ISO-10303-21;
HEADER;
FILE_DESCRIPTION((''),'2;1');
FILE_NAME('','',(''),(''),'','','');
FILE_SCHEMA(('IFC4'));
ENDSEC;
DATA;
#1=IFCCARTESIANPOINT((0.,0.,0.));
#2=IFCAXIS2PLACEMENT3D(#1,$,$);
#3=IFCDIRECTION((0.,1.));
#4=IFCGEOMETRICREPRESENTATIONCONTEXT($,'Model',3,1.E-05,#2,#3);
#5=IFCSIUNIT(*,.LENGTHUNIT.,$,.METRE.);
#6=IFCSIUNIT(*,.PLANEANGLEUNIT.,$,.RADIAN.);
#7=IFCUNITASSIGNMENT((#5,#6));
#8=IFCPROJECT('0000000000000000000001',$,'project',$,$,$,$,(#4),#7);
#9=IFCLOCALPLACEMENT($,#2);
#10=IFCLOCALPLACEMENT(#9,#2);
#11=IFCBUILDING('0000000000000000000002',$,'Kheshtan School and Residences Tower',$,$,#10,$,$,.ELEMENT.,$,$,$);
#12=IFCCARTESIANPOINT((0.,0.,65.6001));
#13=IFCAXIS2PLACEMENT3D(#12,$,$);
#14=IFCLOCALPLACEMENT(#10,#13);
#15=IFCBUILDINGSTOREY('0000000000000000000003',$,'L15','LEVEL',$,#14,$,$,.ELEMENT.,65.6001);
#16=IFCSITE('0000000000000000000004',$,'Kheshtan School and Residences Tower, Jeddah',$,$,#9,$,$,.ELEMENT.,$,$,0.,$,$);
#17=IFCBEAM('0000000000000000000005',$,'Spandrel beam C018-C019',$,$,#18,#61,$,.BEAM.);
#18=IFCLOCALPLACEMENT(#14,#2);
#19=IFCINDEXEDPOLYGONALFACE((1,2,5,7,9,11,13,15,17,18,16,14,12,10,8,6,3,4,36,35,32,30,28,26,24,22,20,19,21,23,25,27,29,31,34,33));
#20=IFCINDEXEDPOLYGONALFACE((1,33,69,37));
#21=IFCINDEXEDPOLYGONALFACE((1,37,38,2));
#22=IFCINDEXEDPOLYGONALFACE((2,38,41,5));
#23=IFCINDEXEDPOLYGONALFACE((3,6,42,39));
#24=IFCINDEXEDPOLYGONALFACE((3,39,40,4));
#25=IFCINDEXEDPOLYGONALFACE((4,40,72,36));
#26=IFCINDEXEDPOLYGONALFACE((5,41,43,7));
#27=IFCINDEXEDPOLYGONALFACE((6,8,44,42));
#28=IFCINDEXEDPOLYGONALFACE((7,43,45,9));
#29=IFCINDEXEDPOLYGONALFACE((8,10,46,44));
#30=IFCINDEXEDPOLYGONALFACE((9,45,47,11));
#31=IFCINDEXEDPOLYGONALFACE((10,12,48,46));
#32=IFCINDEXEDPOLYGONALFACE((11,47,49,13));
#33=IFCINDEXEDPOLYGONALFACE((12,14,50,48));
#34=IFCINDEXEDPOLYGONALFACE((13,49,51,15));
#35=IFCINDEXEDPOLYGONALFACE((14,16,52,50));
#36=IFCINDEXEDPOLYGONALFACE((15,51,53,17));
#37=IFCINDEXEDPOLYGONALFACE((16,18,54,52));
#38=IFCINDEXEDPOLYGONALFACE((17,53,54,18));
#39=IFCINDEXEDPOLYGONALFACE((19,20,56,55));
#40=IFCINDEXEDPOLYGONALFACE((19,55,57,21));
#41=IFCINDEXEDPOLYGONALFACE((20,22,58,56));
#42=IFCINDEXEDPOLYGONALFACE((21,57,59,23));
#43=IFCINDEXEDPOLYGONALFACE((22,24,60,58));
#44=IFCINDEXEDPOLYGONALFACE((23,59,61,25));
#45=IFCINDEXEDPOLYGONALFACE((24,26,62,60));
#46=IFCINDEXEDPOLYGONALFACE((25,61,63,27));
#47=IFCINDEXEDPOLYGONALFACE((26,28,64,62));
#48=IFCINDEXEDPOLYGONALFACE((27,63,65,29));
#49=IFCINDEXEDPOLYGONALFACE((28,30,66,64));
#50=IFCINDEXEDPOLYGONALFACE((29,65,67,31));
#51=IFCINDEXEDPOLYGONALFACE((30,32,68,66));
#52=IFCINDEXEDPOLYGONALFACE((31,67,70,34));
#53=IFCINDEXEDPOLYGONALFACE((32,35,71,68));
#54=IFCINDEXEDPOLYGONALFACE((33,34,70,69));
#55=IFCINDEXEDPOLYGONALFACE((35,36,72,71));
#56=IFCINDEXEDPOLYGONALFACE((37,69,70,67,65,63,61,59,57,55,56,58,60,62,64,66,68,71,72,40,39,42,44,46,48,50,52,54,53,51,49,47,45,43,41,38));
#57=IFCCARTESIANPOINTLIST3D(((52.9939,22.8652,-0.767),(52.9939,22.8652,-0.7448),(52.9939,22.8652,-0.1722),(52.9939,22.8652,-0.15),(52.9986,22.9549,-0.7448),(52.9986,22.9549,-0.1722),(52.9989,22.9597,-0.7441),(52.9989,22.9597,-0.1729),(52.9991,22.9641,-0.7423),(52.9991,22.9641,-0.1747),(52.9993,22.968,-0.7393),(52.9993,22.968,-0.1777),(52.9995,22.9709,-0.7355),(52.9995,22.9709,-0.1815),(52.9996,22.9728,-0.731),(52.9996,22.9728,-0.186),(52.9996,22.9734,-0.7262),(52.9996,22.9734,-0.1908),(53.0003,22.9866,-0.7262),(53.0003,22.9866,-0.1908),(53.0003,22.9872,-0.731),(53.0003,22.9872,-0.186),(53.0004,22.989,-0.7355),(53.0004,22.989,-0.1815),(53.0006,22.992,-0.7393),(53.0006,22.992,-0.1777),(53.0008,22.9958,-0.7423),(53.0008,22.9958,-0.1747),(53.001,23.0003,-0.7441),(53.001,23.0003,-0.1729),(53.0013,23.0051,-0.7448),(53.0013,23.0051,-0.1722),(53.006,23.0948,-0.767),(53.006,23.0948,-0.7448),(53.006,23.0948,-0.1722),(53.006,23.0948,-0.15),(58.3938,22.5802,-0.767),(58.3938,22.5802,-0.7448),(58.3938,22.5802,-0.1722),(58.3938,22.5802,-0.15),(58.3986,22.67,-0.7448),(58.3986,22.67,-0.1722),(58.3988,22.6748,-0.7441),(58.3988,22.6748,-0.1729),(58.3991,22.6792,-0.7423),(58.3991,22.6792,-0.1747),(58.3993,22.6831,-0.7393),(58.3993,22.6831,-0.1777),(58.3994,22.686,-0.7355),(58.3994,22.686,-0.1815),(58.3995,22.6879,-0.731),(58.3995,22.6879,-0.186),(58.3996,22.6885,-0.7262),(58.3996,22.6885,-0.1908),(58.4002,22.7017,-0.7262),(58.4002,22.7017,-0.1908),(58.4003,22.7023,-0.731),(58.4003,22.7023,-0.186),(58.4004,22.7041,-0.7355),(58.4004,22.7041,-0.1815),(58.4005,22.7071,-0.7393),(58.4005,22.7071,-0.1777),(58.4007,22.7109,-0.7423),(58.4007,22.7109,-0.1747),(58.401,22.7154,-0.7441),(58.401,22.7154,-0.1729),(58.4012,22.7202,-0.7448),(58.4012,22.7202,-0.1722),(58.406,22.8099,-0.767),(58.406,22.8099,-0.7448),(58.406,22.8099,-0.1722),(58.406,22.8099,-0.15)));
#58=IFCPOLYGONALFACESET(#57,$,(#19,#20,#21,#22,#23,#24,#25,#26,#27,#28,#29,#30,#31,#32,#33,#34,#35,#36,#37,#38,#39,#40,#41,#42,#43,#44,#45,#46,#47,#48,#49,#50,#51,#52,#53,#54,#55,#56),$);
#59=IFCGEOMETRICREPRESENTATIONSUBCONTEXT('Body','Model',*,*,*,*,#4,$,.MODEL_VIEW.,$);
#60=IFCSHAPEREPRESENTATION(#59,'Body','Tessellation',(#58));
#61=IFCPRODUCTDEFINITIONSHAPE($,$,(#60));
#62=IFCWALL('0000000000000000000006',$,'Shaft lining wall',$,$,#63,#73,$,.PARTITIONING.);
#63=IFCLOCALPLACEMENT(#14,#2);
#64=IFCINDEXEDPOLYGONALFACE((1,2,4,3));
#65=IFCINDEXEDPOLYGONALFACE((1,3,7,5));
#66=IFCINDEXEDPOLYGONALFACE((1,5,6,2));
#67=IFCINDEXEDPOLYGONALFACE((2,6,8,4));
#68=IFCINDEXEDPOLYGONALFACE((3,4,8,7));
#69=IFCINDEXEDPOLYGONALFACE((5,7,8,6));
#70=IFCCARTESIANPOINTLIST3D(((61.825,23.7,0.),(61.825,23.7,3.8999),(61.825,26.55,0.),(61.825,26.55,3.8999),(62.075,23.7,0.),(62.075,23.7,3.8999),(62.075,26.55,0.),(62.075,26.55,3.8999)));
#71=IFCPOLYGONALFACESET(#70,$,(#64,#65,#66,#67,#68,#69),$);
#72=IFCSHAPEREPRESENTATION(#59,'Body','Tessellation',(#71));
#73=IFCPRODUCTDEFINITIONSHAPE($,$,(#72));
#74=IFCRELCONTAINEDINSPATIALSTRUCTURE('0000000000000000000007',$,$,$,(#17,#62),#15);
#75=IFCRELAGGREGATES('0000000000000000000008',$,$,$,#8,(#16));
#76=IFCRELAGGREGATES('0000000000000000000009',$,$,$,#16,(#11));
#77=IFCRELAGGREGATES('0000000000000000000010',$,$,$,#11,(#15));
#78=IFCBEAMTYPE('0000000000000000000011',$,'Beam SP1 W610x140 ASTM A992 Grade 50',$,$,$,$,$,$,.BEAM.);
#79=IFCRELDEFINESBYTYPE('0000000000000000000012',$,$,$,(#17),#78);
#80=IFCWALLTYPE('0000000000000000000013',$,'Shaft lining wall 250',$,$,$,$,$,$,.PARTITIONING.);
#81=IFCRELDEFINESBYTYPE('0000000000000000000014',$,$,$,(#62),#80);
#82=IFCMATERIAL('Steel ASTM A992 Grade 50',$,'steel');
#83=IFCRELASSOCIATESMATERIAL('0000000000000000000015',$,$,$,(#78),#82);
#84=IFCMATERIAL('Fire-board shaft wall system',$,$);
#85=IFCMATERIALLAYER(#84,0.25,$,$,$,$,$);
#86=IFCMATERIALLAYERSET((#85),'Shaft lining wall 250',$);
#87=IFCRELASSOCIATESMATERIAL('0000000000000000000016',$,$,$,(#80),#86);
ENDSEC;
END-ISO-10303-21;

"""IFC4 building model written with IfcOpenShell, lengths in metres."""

from ifc_helpers import new_model, si_unit, direction, frame, frame_2d, origin, origin_2d, place, context, subcontext, project, spatial, rectangle, i_section, extrude, material, layer, layer_set, material_profile, profile_set, type_object, element, save


model = new_model("IFC4")

# Units and contexts
model_context = context("Model", 3, precision=1e-05, world=origin(), true_north=direction((0.0, 1.0)))
body_context = subcontext(model_context, "Body", "Model", "MODEL_VIEW")
ifc_project = project(units=[si_unit("LENGTHUNIT", "METRE"), si_unit("PLANEANGLEUNIT", "RADIAN")], contexts=[model_context])

# Site, building, storey
site_placement = place(None, origin())
site = spatial("IfcSite", under=ifc_project, at=site_placement, Name="Kheshtan School and Residences Tower, Jeddah", CompositionType="ELEMENT", RefElevation=0.0)
building_placement = place(site_placement, origin())
building = spatial("IfcBuilding", under=site, at=building_placement, Name="Kheshtan School and Residences Tower", CompositionType="ELEMENT")
storey_placement = place(building_placement, frame((0.0, 0.0, 65.6001)))
storey = spatial("IfcBuildingStorey", under=building, at=storey_placement, Name="L15", Description="LEVEL", CompositionType="ELEMENT", Elevation=65.6001)

# Shared definitions
ifc_material_1 = material(Name="Steel ASTM A992 Grade 50", Category="steel")

# Beam
ifc_material_profile_1 = material_profile(ifc_material_1, i_section(OverallWidth=0.23, OverallDepth=0.6169, WebThickness=0.0132, FlangeThickness=0.0222, FilletRadius=0.0186, at=origin_2d()), Name="W610x140")
ifc_profile_set_1 = profile_set([ifc_material_profile_1], Name="Steel ASTM A992 Grade 50")
beam_type_1 = type_object("IfcBeamType", Name="Beam SP1 W610x140 ASTM A992 Grade 50", PredefinedType="BEAM", material=ifc_profile_set_1)
beam_1_placement = place(storey_placement, frame((58.3999, 22.6951, -0.4585), z_axis=(-0.998611, 0.052689, 0.0), x_axis=(-0.052689, -0.998611, 0.0)))
element("IfcBeam", 1, at=beam_1_placement, inside=storey, type_object=beam_type_1, Name="Spandrel beam C018-C019", PredefinedType="BEAM", context=body_context, shape_type="SweptSolid", body=[
    extrude(i_section(OverallWidth=0.23, OverallDepth=0.6169, WebThickness=0.0132, FlangeThickness=0.0222, FilletRadius=0.0186, at=origin_2d()), origin(), (0.0, 0.0, 1.0), 5.4075),
])

# Wall
ifc_material_2 = material(Name="Fire-board shaft wall system")
ifc_layer = layer(ifc_material_2, 0.25)
ifc_layer_set = layer_set([ifc_layer], Name="Shaft lining wall 250")
wall_type = type_object("IfcWallType", Name="Shaft lining wall 250", PredefinedType="PARTITIONING", material=ifc_layer_set)
wall_placement = place(storey_placement, frame((61.95, 23.7, 0.0), z_axis=(0.0, 0.0, 1.0), x_axis=(0.0, 1.0, 0.0)))
element("IfcWall", 2, at=wall_placement, inside=storey, type_object=wall_type, Name="Shaft lining wall", PredefinedType="PARTITIONING", context=body_context, shape_type="SweptSolid", body=[
    extrude(rectangle(XDim=2.8501, YDim=0.25, at=frame_2d((1.425, 0.0))), origin(), (0.0, 0.0, 1.0), 3.8999),
])

save(model, "model.ifc")
